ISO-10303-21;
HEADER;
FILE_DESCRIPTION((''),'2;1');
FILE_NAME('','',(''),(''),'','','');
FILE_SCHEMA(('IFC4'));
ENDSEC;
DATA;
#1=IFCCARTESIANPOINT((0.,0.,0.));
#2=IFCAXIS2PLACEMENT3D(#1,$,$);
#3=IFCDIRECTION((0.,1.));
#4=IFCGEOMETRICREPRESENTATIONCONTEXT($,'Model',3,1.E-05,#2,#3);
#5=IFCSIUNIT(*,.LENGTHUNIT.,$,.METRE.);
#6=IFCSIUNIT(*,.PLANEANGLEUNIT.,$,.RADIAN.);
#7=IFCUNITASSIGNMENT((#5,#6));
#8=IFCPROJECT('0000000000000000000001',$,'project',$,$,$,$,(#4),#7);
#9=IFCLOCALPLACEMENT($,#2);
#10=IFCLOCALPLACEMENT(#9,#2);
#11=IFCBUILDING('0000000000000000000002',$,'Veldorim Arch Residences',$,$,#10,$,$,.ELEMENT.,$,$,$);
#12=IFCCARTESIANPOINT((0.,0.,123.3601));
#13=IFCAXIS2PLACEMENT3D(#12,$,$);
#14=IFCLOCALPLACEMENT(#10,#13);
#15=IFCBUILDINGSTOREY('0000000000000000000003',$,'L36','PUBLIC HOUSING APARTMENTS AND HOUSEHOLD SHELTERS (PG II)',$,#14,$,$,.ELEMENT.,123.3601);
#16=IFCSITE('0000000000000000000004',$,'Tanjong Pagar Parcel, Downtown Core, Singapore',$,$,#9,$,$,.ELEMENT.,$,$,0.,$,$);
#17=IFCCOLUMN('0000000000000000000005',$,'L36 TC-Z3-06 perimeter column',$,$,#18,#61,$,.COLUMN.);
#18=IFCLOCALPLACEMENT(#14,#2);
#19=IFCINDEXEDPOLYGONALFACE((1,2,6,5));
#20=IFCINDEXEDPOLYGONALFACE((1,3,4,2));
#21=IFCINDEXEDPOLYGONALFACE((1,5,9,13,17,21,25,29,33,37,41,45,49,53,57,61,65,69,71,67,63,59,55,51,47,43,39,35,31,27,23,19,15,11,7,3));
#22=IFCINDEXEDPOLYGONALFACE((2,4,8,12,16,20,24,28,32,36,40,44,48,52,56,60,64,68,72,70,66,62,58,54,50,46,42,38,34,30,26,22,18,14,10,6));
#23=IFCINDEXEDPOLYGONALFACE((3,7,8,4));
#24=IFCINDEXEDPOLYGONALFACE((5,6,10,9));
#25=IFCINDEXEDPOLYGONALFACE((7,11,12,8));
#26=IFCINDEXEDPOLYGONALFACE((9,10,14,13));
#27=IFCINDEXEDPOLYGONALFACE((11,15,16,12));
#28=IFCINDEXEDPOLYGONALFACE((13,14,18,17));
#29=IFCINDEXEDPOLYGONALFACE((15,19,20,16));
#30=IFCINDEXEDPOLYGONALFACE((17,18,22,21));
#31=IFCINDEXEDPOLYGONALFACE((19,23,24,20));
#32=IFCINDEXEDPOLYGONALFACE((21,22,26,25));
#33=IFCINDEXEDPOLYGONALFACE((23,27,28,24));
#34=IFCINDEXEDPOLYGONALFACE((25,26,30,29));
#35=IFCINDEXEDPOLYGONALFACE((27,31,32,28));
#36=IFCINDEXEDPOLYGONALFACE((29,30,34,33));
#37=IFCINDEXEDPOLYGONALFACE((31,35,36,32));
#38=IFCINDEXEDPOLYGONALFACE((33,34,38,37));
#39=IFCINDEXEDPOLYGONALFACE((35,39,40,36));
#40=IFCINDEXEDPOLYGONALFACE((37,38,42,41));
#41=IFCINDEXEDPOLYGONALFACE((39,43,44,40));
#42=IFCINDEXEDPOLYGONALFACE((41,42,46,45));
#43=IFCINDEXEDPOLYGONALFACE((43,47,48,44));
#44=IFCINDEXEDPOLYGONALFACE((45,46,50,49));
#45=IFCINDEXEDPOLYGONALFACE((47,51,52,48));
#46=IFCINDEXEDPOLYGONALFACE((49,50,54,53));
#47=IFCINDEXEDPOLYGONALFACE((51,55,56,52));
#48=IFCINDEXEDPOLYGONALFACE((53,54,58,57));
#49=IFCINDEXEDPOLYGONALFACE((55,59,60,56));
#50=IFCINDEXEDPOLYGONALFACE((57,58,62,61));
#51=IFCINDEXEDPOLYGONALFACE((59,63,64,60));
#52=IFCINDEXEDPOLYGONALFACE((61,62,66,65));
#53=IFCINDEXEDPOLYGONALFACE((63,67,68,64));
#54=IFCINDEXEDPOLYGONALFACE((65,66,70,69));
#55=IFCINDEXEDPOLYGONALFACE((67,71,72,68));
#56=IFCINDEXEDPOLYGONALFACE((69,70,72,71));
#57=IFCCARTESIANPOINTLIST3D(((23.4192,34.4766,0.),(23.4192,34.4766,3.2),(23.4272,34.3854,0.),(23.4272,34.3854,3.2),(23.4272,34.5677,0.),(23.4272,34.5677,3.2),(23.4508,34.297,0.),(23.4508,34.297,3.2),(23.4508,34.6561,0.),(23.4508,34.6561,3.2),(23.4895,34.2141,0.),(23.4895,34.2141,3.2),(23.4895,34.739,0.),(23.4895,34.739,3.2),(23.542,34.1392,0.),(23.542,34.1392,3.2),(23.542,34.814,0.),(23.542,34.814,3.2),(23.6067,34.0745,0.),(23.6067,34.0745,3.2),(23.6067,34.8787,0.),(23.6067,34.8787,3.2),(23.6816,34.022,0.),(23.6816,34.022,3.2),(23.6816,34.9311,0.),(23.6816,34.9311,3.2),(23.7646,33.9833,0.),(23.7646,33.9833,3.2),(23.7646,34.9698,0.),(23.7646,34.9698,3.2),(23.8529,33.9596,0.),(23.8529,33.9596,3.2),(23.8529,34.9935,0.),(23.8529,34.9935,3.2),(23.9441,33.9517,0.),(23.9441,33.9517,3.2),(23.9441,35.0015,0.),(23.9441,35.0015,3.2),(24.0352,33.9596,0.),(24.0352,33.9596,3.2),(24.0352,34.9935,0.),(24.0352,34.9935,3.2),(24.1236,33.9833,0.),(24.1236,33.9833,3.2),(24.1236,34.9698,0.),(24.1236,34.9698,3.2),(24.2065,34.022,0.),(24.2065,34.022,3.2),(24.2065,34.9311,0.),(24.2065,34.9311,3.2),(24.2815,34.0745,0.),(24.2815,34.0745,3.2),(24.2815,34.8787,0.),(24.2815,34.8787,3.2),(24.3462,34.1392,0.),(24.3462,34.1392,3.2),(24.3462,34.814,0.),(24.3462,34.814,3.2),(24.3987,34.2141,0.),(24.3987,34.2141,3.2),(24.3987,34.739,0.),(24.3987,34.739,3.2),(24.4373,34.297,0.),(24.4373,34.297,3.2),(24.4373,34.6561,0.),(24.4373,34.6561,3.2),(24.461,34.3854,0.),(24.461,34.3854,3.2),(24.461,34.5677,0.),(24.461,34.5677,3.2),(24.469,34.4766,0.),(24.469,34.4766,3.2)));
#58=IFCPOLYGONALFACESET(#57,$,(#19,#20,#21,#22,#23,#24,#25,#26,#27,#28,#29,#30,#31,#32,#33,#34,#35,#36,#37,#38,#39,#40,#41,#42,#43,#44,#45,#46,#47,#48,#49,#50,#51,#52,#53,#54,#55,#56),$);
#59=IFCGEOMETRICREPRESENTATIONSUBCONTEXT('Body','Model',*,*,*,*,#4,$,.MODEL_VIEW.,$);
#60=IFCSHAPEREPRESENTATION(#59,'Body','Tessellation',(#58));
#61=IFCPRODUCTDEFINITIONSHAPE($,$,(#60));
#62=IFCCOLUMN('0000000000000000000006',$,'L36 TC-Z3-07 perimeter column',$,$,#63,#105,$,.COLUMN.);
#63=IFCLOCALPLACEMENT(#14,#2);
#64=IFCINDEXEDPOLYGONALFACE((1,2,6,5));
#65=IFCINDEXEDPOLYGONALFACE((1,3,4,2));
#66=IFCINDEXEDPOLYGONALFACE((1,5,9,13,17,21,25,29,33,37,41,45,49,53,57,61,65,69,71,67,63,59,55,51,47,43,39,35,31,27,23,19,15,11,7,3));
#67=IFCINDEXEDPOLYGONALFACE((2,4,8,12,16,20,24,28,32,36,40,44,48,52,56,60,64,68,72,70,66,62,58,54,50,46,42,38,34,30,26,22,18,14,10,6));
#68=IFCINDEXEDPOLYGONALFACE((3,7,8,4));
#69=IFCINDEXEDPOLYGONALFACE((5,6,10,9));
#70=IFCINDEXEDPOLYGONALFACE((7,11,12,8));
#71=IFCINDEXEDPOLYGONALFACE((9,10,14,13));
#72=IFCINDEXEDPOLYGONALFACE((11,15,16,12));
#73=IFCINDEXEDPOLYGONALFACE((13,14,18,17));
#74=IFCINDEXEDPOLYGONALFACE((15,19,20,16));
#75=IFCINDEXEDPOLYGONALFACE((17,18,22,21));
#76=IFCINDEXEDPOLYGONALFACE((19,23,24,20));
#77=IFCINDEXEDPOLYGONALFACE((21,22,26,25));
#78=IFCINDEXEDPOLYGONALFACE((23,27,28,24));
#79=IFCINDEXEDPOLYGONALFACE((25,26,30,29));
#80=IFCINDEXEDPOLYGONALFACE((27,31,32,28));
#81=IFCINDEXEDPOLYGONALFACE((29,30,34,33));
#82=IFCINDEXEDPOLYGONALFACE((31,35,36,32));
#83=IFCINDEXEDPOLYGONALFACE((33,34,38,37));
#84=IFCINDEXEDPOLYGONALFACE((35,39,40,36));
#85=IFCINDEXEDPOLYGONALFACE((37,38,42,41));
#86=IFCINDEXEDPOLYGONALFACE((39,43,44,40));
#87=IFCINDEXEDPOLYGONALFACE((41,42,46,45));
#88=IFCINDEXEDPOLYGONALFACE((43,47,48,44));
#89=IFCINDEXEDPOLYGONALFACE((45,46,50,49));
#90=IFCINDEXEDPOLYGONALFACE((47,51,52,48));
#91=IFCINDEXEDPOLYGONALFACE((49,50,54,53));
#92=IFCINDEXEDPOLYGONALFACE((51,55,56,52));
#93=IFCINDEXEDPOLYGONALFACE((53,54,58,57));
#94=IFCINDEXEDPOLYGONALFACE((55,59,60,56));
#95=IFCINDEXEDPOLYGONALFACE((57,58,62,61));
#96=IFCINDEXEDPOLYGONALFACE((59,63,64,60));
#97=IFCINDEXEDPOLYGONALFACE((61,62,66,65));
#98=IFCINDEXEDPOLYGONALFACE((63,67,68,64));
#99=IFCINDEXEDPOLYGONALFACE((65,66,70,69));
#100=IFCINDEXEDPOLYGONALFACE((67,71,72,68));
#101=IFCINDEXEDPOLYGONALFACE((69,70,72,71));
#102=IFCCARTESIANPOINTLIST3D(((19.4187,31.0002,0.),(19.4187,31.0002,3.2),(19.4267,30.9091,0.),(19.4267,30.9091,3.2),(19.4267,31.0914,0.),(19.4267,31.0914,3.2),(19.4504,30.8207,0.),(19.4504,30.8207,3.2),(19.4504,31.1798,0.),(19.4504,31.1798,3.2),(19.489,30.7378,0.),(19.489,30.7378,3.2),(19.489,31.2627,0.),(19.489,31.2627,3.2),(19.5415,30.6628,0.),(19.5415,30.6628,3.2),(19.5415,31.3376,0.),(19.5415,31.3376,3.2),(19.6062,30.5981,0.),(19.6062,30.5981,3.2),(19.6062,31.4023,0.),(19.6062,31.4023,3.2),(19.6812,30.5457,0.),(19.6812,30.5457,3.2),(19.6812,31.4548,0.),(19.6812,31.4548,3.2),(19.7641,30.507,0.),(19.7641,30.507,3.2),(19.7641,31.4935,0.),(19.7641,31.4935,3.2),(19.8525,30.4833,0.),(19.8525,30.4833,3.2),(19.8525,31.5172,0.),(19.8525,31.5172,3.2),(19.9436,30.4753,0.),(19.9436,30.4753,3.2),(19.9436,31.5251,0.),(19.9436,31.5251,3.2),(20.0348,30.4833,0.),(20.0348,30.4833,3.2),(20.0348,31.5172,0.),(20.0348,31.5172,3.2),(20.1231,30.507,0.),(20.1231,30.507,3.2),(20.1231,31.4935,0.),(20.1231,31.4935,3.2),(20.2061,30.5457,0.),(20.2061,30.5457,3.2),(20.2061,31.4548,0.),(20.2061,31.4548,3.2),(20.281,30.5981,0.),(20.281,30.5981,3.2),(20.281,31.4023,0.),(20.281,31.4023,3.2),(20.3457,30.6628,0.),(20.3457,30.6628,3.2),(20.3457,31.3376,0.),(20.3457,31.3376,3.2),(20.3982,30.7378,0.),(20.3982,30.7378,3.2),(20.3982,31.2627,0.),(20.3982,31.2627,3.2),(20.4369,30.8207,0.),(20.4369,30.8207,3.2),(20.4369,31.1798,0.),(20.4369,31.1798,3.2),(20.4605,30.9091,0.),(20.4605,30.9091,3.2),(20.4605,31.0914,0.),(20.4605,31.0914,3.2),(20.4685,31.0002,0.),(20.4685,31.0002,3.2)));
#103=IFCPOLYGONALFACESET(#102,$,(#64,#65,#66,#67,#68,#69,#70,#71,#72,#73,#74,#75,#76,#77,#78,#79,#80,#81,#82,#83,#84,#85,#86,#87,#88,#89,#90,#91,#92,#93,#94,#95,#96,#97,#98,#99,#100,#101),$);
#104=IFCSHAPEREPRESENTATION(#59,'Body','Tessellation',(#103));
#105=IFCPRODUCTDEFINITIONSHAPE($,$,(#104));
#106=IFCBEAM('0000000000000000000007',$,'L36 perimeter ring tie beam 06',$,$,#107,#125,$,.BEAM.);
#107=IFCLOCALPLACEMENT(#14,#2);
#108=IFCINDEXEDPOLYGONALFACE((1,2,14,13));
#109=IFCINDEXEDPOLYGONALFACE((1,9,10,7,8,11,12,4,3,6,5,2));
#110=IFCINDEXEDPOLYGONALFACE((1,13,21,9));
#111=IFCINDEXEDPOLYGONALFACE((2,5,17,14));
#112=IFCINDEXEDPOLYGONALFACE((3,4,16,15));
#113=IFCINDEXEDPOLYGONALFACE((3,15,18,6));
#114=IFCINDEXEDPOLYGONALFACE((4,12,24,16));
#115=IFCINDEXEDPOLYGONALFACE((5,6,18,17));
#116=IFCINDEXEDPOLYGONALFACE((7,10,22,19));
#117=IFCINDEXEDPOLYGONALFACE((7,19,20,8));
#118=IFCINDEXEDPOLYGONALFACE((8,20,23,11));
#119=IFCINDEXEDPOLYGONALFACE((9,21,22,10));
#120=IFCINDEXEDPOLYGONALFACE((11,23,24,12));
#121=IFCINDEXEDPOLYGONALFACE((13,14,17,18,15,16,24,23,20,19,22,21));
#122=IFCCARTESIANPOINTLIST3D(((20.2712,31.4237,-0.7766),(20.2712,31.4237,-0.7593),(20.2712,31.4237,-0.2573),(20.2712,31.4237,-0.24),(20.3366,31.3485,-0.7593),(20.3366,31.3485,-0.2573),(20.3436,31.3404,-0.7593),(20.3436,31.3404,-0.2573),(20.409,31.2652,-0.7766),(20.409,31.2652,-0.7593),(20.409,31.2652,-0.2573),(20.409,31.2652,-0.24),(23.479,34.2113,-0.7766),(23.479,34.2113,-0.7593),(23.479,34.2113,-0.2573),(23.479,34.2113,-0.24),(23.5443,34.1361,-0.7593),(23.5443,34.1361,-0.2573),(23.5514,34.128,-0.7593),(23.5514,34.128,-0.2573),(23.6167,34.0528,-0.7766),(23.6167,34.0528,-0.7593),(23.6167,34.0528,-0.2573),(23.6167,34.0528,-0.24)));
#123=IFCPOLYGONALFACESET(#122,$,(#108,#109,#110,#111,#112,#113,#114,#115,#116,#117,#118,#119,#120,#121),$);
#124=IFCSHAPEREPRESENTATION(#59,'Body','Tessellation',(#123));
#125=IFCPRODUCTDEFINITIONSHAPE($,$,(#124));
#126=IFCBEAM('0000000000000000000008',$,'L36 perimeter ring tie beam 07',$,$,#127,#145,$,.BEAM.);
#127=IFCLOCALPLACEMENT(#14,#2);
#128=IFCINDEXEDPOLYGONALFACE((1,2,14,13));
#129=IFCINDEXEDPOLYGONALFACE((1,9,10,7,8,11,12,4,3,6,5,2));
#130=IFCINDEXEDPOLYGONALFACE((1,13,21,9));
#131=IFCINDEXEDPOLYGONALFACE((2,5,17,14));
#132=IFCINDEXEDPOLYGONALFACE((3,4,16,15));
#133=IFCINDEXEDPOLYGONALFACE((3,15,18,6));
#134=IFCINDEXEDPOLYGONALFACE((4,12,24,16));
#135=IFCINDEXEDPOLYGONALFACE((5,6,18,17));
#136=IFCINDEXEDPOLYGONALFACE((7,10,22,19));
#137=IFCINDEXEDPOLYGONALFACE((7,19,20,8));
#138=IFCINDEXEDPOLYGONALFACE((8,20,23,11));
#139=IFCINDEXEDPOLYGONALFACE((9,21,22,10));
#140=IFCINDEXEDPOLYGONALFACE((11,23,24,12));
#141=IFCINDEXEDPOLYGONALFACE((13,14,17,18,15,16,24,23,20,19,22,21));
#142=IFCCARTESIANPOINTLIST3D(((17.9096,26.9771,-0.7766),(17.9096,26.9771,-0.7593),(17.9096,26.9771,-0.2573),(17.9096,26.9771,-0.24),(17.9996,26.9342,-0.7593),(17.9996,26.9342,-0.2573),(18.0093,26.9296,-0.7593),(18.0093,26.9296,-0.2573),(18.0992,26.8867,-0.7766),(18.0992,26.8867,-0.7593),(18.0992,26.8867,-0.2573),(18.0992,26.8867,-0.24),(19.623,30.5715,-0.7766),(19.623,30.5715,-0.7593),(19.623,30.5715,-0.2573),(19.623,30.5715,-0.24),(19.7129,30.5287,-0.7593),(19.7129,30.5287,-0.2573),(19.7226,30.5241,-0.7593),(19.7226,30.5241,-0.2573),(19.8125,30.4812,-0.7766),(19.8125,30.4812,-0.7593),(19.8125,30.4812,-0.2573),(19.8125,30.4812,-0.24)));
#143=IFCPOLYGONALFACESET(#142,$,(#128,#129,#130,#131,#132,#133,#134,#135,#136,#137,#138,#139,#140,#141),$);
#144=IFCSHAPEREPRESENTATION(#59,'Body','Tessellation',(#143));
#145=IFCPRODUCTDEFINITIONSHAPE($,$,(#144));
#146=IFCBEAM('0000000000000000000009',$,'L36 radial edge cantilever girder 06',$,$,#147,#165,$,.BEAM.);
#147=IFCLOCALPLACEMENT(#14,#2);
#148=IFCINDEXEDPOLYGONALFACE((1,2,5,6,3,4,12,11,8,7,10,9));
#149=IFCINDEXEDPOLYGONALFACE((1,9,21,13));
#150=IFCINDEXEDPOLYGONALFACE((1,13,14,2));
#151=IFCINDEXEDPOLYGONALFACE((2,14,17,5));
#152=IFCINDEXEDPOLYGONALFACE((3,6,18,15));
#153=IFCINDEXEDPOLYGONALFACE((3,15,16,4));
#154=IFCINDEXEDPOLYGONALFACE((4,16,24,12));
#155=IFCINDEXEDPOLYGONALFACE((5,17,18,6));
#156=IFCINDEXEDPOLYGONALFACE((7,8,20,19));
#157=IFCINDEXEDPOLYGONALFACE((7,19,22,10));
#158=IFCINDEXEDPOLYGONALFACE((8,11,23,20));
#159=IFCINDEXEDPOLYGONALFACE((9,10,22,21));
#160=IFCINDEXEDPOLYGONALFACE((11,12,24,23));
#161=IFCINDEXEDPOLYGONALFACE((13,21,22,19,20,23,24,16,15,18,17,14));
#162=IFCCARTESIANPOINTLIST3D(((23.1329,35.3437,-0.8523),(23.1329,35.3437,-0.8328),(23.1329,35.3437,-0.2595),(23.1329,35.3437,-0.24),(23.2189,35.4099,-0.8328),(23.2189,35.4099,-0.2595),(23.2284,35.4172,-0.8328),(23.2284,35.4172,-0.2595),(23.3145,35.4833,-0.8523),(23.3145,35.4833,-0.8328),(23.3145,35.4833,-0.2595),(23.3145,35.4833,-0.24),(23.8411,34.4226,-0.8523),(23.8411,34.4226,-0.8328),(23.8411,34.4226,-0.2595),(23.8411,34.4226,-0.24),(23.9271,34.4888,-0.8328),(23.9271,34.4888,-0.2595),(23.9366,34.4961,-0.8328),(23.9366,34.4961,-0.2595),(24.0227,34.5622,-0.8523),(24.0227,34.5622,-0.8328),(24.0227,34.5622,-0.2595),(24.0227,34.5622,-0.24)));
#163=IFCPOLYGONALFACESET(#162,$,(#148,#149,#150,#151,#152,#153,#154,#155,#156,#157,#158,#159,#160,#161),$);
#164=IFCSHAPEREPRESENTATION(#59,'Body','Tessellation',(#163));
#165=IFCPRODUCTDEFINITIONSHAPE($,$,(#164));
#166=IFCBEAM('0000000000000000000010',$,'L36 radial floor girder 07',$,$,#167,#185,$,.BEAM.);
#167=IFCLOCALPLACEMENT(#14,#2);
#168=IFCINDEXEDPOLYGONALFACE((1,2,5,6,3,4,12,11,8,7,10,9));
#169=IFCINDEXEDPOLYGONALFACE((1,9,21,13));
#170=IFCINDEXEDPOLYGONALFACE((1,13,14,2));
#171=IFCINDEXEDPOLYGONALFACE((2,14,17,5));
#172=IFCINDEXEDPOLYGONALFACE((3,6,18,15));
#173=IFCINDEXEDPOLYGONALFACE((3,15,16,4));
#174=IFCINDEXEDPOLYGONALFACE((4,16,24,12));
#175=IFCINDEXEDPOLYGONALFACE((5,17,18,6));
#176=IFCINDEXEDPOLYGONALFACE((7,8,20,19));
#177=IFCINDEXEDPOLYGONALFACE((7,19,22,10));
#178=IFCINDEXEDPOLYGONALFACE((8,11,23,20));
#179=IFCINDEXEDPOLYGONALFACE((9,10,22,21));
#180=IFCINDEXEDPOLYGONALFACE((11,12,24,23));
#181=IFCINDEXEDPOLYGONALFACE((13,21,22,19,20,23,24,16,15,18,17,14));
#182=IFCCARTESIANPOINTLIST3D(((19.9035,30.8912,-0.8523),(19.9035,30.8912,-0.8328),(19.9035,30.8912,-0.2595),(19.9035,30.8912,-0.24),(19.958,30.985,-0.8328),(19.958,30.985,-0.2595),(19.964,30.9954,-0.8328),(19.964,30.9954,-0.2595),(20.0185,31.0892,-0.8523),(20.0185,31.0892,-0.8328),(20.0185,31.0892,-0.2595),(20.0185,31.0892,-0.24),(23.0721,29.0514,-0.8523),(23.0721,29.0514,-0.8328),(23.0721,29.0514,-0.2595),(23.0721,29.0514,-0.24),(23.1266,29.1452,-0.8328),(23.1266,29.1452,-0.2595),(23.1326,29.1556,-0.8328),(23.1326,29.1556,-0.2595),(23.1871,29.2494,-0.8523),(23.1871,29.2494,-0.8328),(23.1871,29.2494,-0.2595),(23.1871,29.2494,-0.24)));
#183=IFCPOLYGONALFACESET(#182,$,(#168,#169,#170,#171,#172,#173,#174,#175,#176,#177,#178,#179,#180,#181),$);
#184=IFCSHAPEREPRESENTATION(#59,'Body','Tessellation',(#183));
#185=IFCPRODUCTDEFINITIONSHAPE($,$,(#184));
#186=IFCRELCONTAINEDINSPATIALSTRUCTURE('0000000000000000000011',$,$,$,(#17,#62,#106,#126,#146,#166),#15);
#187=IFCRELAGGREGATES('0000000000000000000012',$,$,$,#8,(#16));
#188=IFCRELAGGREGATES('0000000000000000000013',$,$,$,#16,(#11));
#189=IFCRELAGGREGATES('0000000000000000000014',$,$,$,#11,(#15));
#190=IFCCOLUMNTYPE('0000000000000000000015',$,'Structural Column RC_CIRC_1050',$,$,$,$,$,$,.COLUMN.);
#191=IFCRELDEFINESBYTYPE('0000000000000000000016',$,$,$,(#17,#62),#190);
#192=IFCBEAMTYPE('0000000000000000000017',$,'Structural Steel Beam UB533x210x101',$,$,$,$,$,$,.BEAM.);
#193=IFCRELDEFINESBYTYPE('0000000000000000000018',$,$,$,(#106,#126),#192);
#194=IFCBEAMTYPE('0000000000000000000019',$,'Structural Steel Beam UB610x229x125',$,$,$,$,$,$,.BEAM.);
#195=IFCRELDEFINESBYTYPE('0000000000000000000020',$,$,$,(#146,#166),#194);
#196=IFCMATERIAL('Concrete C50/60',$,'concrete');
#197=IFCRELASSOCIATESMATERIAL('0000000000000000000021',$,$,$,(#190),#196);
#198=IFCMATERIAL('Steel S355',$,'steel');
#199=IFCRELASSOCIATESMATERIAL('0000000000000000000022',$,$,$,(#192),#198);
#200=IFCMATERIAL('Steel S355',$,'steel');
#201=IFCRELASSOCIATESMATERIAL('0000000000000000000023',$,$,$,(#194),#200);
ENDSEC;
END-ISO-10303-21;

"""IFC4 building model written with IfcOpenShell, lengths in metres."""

from ifc_helpers import new_model, si_unit, direction, frame, origin, origin_2d, place, context, subcontext, project, spatial, circle, i_section, extrude, material, material_profile, profile_set, type_object, element, save


model = new_model("IFC4")

# Units and contexts
model_context = context("Model", 3, precision=1e-05, world=origin(), true_north=direction((0.0, 1.0)))
body_context = subcontext(model_context, "Body", "Model", "MODEL_VIEW")
ifc_project = project(units=[si_unit("LENGTHUNIT", "METRE"), si_unit("PLANEANGLEUNIT", "RADIAN")], contexts=[model_context])

# Site, building, storey
site_placement = place(None, origin())
site = spatial("IfcSite", under=ifc_project, at=site_placement, Name="Tanjong Pagar Parcel, Downtown Core, Singapore", CompositionType="ELEMENT", RefElevation=0.0)
building_placement = place(site_placement, origin())
building = spatial("IfcBuilding", under=site, at=building_placement, Name="Veldorim Arch Residences", CompositionType="ELEMENT")
storey_placement = place(building_placement, frame((0.0, 0.0, 123.3601)))
storey = spatial("IfcBuildingStorey", under=building, at=storey_placement, Name="L36", Description="PUBLIC HOUSING APARTMENTS AND HOUSEHOLD SHELTERS (PG II)", CompositionType="ELEMENT", Elevation=123.3601)

# Columns
ifc_material_1 = material(Name="Concrete C50/60", Category="concrete")
ifc_material_profile_1 = material_profile(ifc_material_1, circle(Radius=0.5249, at=origin_2d()), Name="RC_CIRC_1050")
ifc_profile_set_1 = profile_set([ifc_material_profile_1], Name="Concrete C50/60")
column_type = type_object("IfcColumnType", Name="Structural Column RC_CIRC_1050", PredefinedType="COLUMN", material=ifc_profile_set_1)
for number, where, z_axis, x_axis, name in (
    (1, (23.9441, 34.4766, 0.0), (0.0, 0.0, 1.0), (1.0, 0.0, 0.0), "L36 TC-Z3-06 perimeter column"),
    (2, (19.9436, 31.0002, 0.0), (0.0, 0.0, 1.0), (1.0, 0.0, 0.0), "L36 TC-Z3-07 perimeter column"),
):
    element("IfcColumn", number, at=place(storey_placement, frame(where, z_axis=z_axis, x_axis=x_axis)), inside=storey, type_object=column_type, Name=name, PredefinedType="COLUMN", context=body_context, shape_type="SweptSolid", body=[
        extrude(circle(Radius=0.5249, at=origin_2d()), origin(), (0.0, 0.0, 1.0), 3.2),
    ])

# Beams
ifc_material_2 = material(Name="Steel S355", Category="steel")
ifc_material_profile_2 = material_profile(ifc_material_2, i_section(OverallWidth=0.21, OverallDepth=0.5366, WebThickness=0.0107, FlangeThickness=0.0173, at=origin_2d()), Name="UB533x210x101")
ifc_profile_set_2 = profile_set([ifc_material_profile_2], Name="Steel S355")
beam_type_1 = type_object("IfcBeamType", Name="Structural Steel Beam UB533x210x101", PredefinedType="BEAM", material=ifc_profile_set_2)
beam_1_placement = place(storey_placement, frame((23.5479, 34.1321, -0.5083), z_axis=(-0.754811, -0.655943, 0.0), x_axis=(0.655943, -0.754811, 0.0)))
element("IfcBeam", 3, at=beam_1_placement, inside=storey, type_object=beam_type_1, Name="L36 perimeter ring tie beam 06", PredefinedType="BEAM", context=body_context, shape_type="SweptSolid", body=[
    extrude(i_section(OverallWidth=0.21, OverallDepth=0.5366, WebThickness=0.0107, FlangeThickness=0.0173, at=origin_2d()), origin(), (0.0, 0.0, 1.0), 4.2498),
])
beam_2_placement = place(storey_placement, frame((19.7178, 30.5264, -0.5083), z_axis=(-0.430286, -0.902693, 0.0), x_axis=(0.902693, -0.430286, 0.0)))
element("IfcBeam", 4, at=beam_2_placement, inside=storey, type_object=beam_type_1, Name="L36 perimeter ring tie beam 07", PredefinedType="BEAM", context=body_context, shape_type="SweptSolid", body=[
    extrude(i_section(OverallWidth=0.21, OverallDepth=0.5366, WebThickness=0.0107, FlangeThickness=0.0173, at=origin_2d()), origin(), (0.0, 0.0, 1.0), 3.9819),
])
ifc_material_3 = material(Name="Steel S355", Category="steel")
ifc_material_profile_3 = material_profile(ifc_material_3, i_section(OverallWidth=0.229, OverallDepth=0.6123, WebThickness=0.012, FlangeThickness=0.0195, at=origin_2d()), Name="UB610x229x125")
ifc_profile_set_3 = profile_set([ifc_material_profile_3], Name="Steel S355")
beam_type_2 = type_object("IfcBeamType", Name="Structural Steel Beam UB610x229x125", PredefinedType="BEAM", material=ifc_profile_set_3)
beam_3_placement = place(storey_placement, frame((23.9319, 34.4924, -0.5461), z_axis=(-0.609538, 0.792757, 0.0), x_axis=(-0.792757, -0.609538, 0.0)))
element("IfcBeam", 5, at=beam_3_placement, inside=storey, type_object=beam_type_2, Name="L36 radial edge cantilever girder 06", PredefinedType="BEAM", context=body_context, shape_type="SweptSolid", body=[
    extrude(i_section(OverallWidth=0.229, OverallDepth=0.6123, WebThickness=0.012, FlangeThickness=0.0195, at=origin_2d()), origin(), (0.0, 0.0, 1.0), 1.1619),
])
beam_4_placement = place(storey_placement, frame((23.1296, 29.1504, -0.5461), z_axis=(-0.864795, 0.502126, 0.0), x_axis=(-0.502126, -0.864795, 0.0)))
element("IfcBeam", 6, at=beam_4_placement, inside=storey, type_object=beam_type_2, Name="L36 radial floor girder 07", PredefinedType="BEAM", context=body_context, shape_type="SweptSolid", body=[
    extrude(i_section(OverallWidth=0.229, OverallDepth=0.6123, WebThickness=0.012, FlangeThickness=0.0195, at=origin_2d()), origin(), (0.0, 0.0, 1.0), 3.6641),
])

save(model, "model.ifc")
